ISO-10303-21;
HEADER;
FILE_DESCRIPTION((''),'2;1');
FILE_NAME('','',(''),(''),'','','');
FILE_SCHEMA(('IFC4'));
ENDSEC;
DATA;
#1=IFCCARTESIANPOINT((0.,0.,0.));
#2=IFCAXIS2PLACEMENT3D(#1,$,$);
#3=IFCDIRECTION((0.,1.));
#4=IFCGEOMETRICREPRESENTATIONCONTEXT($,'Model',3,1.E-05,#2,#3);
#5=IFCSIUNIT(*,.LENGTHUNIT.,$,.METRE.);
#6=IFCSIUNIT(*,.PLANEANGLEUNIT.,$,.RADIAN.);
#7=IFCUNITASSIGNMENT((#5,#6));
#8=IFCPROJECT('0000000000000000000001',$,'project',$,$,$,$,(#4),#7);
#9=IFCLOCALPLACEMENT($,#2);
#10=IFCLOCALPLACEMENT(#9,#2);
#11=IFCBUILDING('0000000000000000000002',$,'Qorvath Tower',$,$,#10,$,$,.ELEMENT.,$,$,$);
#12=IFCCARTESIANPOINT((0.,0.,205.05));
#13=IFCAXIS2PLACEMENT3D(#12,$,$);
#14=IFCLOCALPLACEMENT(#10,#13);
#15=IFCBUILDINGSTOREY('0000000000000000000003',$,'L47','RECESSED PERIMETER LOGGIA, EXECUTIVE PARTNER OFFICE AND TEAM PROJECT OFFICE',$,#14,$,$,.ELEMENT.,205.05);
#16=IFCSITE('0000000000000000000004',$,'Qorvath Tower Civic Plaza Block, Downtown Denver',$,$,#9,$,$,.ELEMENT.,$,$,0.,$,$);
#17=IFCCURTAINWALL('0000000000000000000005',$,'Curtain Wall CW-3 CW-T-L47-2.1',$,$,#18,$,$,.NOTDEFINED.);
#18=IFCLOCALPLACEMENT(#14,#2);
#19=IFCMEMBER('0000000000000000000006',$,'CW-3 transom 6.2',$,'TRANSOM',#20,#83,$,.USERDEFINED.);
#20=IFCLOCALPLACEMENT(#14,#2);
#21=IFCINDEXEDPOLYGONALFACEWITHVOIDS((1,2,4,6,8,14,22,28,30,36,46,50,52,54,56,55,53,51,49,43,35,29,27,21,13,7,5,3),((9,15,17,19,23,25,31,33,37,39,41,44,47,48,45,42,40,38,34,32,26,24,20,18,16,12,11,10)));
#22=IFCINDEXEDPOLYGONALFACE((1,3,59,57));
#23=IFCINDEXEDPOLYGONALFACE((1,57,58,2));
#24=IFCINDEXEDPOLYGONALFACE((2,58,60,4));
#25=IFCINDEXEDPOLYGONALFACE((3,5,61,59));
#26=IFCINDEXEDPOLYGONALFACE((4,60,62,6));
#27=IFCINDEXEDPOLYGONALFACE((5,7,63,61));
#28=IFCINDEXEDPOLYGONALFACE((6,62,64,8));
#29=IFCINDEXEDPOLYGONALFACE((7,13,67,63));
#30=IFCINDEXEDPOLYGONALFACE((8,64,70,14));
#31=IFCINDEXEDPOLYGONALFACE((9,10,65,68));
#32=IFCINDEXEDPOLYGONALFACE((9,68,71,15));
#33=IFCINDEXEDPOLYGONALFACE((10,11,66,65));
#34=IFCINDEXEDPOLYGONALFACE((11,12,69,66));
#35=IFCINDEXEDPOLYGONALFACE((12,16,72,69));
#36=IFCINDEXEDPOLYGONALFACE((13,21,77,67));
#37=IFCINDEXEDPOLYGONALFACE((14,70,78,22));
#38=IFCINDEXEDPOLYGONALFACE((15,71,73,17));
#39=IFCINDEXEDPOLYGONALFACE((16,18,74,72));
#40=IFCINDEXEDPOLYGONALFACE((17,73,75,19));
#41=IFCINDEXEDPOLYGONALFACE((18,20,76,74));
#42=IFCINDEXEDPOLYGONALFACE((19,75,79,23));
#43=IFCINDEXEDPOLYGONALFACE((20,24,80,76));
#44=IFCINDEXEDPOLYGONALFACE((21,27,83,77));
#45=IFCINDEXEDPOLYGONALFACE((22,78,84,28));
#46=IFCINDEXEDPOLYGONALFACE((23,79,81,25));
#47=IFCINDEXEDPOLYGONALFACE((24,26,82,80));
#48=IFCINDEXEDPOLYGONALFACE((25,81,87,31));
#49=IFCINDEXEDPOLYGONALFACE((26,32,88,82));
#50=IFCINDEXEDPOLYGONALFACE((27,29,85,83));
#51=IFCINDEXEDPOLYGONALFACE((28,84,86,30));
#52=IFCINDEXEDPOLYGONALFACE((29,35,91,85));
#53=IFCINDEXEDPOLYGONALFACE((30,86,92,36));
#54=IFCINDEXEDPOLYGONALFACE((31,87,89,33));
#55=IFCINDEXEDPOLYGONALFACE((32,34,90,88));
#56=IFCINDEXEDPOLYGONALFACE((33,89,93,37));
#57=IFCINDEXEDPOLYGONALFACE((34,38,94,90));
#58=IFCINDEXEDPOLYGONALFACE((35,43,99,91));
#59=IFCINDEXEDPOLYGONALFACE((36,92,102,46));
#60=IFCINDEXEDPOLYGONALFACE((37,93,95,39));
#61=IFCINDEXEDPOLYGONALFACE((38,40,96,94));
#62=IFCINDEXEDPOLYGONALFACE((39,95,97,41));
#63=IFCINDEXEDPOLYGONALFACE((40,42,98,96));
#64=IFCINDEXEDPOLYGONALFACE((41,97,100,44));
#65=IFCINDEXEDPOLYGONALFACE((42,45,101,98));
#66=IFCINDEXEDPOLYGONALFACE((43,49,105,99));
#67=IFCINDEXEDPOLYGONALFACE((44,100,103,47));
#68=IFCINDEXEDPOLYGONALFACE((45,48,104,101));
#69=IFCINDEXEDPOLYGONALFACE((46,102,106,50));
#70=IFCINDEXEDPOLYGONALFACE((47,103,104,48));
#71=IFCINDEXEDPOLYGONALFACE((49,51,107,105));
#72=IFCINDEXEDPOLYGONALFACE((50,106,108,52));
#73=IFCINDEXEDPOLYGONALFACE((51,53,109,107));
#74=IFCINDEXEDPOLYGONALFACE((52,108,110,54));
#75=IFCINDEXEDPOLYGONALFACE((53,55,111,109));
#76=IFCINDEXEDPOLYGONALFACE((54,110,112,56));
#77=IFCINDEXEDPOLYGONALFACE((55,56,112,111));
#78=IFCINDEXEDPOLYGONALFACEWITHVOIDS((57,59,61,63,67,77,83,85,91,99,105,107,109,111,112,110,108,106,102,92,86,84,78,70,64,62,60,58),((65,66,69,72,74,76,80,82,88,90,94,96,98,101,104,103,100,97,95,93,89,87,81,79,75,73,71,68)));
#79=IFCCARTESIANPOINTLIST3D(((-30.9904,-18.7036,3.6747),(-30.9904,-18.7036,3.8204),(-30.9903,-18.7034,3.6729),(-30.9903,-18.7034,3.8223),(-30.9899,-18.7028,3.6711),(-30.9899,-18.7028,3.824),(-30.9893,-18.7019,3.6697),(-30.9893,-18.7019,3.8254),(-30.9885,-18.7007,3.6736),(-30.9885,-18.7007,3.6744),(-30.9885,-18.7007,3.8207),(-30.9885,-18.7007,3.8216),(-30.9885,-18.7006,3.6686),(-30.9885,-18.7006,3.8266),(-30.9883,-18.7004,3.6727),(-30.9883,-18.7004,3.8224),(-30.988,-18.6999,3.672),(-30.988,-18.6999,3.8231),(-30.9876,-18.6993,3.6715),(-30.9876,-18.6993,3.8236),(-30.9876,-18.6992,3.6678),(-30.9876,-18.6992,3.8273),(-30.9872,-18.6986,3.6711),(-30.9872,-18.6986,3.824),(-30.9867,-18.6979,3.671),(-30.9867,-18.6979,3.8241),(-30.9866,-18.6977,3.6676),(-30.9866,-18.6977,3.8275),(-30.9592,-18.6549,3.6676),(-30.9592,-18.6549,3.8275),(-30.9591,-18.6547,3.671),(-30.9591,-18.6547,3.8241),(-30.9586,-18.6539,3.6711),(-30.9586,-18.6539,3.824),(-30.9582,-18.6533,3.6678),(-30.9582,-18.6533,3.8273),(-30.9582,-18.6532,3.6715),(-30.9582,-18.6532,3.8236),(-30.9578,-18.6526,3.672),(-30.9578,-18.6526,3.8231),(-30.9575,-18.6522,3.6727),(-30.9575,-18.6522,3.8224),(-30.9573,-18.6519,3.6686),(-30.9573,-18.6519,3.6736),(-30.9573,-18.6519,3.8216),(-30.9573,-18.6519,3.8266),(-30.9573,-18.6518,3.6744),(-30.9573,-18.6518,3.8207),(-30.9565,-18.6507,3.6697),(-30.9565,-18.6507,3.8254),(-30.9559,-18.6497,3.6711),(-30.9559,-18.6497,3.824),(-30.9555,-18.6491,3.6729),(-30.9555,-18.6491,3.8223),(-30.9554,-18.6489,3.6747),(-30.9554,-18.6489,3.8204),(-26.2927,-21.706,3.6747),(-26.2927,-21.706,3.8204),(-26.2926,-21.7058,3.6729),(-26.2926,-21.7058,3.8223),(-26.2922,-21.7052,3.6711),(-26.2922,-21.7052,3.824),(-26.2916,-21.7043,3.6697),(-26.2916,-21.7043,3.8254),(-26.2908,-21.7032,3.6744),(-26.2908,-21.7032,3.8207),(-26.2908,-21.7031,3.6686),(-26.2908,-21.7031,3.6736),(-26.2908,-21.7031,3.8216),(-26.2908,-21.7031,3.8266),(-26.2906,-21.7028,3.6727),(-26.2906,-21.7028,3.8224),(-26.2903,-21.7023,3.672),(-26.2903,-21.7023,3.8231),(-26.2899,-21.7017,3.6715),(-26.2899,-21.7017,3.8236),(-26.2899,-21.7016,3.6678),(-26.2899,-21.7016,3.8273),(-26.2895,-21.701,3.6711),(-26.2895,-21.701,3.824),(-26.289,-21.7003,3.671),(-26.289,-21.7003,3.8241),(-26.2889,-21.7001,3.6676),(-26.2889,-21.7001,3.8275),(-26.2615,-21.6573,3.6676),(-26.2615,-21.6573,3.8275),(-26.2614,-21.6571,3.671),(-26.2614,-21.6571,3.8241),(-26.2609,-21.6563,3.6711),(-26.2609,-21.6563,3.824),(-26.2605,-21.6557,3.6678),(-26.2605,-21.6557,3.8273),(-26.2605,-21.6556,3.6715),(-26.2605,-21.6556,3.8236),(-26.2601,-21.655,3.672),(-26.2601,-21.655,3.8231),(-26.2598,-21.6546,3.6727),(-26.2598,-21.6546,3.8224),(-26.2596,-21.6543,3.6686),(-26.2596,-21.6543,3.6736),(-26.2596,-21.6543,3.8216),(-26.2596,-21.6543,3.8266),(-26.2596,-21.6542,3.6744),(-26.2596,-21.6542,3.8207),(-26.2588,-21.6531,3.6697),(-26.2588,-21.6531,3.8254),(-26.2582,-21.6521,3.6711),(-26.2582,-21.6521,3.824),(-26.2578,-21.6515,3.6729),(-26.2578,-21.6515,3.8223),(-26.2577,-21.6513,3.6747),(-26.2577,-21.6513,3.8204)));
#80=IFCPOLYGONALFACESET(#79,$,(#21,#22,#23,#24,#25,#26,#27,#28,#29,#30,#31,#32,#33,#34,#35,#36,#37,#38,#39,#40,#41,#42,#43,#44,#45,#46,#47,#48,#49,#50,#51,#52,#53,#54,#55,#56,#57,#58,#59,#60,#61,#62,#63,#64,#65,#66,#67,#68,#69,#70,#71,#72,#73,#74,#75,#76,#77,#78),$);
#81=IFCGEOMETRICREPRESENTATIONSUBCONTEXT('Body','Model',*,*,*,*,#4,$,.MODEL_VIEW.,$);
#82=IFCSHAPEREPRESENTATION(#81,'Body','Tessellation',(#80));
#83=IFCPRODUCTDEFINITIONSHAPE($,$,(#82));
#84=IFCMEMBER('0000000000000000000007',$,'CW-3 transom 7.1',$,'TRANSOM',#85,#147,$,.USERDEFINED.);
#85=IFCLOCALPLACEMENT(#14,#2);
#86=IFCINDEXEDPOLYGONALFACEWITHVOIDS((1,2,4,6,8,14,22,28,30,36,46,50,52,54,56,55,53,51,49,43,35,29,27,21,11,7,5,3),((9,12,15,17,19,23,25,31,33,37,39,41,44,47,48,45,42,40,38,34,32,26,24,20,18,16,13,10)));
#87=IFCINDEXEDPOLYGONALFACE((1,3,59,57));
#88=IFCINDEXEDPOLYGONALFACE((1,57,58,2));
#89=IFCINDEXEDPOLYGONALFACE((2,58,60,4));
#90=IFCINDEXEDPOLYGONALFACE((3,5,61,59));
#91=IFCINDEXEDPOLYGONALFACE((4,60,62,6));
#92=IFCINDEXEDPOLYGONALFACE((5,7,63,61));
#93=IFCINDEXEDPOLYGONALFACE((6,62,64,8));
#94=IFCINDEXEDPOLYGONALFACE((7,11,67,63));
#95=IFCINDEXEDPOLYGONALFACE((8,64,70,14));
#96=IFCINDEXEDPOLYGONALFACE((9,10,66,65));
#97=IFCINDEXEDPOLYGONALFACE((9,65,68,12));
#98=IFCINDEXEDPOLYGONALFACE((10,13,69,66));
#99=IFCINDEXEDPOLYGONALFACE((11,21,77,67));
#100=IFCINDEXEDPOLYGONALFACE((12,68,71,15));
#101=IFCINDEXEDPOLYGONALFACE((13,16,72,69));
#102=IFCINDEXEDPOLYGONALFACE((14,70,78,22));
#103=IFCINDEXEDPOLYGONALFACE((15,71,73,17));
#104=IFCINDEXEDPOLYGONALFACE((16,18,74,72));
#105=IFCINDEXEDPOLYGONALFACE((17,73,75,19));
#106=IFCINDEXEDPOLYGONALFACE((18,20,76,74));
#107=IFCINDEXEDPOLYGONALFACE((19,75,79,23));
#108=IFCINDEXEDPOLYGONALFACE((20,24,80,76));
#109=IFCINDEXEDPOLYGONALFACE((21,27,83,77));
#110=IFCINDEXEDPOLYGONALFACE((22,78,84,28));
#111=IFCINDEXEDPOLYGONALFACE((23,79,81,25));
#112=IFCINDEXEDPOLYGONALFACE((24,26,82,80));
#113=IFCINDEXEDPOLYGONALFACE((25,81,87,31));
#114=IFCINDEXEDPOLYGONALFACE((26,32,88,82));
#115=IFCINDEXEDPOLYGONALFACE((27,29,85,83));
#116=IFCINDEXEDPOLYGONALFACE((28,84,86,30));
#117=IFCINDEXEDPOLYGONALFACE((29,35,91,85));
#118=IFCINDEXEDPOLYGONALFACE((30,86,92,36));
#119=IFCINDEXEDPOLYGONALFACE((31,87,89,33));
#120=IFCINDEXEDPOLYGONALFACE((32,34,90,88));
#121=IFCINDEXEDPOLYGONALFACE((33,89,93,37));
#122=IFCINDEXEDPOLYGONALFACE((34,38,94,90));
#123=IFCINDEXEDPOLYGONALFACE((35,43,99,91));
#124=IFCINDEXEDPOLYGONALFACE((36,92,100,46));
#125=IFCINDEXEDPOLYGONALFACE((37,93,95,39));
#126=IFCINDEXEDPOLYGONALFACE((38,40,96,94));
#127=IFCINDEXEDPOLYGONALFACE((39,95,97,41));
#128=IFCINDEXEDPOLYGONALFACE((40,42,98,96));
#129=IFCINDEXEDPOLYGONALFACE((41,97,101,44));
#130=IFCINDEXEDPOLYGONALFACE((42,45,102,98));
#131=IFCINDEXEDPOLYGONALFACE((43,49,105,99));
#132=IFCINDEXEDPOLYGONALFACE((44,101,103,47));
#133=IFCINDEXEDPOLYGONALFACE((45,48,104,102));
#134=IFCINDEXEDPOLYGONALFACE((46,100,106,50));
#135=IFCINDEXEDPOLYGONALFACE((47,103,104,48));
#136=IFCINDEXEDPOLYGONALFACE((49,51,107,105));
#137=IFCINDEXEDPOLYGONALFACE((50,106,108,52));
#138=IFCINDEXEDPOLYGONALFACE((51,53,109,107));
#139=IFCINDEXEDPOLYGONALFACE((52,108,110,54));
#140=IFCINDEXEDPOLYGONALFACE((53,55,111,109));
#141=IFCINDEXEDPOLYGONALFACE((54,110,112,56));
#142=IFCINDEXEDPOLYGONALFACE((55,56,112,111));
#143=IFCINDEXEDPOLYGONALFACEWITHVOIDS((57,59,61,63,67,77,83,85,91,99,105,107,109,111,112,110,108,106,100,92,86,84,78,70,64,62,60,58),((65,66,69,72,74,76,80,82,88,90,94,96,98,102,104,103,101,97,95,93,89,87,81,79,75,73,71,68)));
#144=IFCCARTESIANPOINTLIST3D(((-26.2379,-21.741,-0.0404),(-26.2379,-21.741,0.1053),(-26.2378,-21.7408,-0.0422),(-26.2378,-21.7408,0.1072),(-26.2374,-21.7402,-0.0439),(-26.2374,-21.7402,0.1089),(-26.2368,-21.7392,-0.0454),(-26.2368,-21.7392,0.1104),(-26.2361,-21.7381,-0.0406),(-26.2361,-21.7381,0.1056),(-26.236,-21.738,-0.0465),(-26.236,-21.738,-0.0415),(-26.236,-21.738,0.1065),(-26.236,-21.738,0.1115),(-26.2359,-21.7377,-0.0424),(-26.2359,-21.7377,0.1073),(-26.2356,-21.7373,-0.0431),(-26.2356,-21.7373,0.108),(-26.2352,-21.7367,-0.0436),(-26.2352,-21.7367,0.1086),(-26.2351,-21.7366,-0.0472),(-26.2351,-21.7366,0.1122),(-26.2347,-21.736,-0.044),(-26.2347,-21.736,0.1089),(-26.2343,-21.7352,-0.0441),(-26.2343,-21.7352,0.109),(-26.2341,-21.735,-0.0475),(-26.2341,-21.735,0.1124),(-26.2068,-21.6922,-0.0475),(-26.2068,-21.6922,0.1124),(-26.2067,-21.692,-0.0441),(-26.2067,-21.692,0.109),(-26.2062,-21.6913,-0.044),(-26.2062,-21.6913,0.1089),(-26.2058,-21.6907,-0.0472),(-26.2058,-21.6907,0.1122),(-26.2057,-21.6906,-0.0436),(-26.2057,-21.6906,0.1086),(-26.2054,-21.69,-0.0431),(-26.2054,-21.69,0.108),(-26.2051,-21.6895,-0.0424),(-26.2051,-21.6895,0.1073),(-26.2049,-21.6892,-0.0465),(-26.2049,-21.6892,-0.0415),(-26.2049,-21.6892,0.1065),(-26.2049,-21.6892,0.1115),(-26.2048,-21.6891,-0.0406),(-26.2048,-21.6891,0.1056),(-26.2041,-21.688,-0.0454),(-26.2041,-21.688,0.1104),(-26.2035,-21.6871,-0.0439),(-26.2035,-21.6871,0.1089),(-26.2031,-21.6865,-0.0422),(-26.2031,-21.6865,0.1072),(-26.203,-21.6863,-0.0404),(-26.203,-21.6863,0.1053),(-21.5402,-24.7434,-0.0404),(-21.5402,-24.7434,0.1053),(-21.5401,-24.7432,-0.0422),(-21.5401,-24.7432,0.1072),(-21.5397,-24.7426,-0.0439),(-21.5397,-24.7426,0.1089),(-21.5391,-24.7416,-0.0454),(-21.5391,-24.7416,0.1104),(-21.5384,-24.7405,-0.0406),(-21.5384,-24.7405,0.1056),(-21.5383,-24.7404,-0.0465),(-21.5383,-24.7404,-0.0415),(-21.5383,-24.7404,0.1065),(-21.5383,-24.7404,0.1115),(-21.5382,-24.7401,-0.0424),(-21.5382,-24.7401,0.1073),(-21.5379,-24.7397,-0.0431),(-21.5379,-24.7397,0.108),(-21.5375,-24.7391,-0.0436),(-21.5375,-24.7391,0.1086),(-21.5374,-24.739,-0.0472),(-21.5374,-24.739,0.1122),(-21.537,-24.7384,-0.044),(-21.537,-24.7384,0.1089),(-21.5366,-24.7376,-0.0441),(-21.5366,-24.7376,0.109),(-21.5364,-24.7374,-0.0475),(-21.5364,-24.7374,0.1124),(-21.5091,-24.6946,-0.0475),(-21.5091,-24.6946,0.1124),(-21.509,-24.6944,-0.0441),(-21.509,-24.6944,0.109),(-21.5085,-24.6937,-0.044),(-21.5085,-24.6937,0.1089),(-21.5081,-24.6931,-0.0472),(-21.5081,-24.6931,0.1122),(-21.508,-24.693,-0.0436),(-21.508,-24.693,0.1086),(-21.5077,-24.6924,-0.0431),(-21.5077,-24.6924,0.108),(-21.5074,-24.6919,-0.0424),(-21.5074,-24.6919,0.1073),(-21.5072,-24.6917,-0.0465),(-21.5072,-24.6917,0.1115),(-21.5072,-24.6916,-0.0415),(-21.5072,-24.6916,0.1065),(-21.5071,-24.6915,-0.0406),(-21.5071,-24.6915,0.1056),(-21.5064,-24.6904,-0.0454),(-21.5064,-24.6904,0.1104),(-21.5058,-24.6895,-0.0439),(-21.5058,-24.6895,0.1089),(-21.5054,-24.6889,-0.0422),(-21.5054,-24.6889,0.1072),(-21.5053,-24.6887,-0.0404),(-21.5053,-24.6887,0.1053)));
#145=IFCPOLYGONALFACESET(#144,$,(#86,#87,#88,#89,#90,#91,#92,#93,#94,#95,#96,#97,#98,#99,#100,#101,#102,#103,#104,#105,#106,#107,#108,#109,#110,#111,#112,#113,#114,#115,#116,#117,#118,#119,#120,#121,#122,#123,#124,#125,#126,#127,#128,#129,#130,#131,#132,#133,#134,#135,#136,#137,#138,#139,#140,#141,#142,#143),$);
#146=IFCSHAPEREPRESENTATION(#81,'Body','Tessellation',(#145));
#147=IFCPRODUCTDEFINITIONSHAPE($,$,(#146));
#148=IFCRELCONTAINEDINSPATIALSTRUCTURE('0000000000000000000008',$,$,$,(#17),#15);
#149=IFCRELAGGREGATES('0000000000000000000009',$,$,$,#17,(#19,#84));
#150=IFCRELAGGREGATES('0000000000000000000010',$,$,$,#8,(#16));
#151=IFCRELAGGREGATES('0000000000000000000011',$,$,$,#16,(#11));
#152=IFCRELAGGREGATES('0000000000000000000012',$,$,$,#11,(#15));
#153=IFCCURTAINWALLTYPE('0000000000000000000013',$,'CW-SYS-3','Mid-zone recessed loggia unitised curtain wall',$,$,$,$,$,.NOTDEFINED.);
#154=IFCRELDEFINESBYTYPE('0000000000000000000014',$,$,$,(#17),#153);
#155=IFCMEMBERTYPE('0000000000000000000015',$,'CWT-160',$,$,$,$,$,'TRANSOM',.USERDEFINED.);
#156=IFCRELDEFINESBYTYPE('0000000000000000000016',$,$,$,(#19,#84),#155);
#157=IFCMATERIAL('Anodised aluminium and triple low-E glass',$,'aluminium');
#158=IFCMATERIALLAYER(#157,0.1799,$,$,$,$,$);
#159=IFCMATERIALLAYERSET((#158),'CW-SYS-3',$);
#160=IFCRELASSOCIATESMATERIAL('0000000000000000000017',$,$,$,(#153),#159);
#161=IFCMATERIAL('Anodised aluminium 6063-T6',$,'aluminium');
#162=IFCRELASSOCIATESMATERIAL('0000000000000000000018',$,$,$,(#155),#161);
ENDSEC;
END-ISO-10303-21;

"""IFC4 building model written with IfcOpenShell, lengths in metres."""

from ifc_helpers import new_model, si_unit, direction, frame, origin, origin_2d, place, context, subcontext, project, spatial, hollow_rectangle, extrude, material, layer, layer_set, material_profile, profile_set, type_object, element, aggregate, save


model = new_model("IFC4")

# Units and contexts
model_context = context("Model", 3, precision=1e-05, world=origin(), true_north=direction((0.0, 1.0)))
body_context = subcontext(model_context, "Body", "Model", "MODEL_VIEW")
ifc_project = project(units=[si_unit("LENGTHUNIT", "METRE"), si_unit("PLANEANGLEUNIT", "RADIAN")], contexts=[model_context])

# Site, building, storey
site_placement = place(None, origin())
site = spatial("IfcSite", under=ifc_project, at=site_placement, Name="Qorvath Tower Civic Plaza Block, Downtown Denver", CompositionType="ELEMENT", RefElevation=0.0)
building_placement = place(site_placement, origin())
building = spatial("IfcBuilding", under=site, at=building_placement, Name="Qorvath Tower", CompositionType="ELEMENT")
storey_placement = place(building_placement, frame((0.0, 0.0, 205.05)))
storey = spatial("IfcBuildingStorey", under=building, at=storey_placement, Name="L47", Description="RECESSED PERIMETER LOGGIA, EXECUTIVE PARTNER OFFICE AND TEAM PROJECT OFFICE", CompositionType="ELEMENT", Elevation=205.05)

# Curtain wall, members
ifc_material_1 = material(Name="Anodised aluminium and triple low-E glass", Category="aluminium")
ifc_layer_1 = layer(ifc_material_1, 0.1799)
ifc_layer_set_1 = layer_set([ifc_layer_1], Name="CW-SYS-3")
curtain_wall_type = type_object("IfcCurtainWallType", Name="CW-SYS-3", Description="Mid-zone recessed loggia unitised curtain wall", PredefinedType="NOTDEFINED", material=ifc_layer_set_1)
curtain_wall_placement = place(storey_placement, origin())
curtain_wall = element("IfcCurtainWall", 1, at=curtain_wall_placement, inside=storey, type_object=curtain_wall_type, Name="Curtain Wall CW-3 CW-T-L47-2.1", PredefinedType="NOTDEFINED")
ifc_material_2 = material(Name="Anodised aluminium 6063-T6", Category="aluminium")
ifc_material_profile_1 = material_profile(ifc_material_2, hollow_rectangle(XDim=0.0649, YDim=0.1599, WallThickness=0.0034, InnerFilletRadius=0.0034, OuterFilletRadius=0.0071, at=origin_2d()), Name="CWT 160x65")
ifc_profile_set_1 = profile_set([ifc_material_profile_1], Name="Anodised aluminium 6063-T6")
member_type_1 = type_object("IfcMemberType", Name="CWT-160", ElementType="TRANSOM", PredefinedType="USERDEFINED", material=ifc_profile_set_1)
member_1_placement = place(storey_placement, frame((-30.9729, -18.6763, 3.7476), z_axis=(0.842607, -0.538529, 0.0), x_axis=(0.538529, 0.842607, 0.0)))
member_1 = element("IfcMember", 2, at=member_1_placement, type_object=member_type_1, Name="CW-3 transom 6.2", ObjectType="TRANSOM", PredefinedType="USERDEFINED", context=body_context, shape_type="SweptSolid", body=[
    extrude(hollow_rectangle(XDim=0.0649, YDim=0.1599, WallThickness=0.0034, InnerFilletRadius=0.0034, OuterFilletRadius=0.0071, at=origin_2d()), origin(), (0.0, 0.0, 1.0), 5.5752),
])
member_2_placement = place(storey_placement, frame((-26.2205, -21.7136, 0.0325), z_axis=(0.842607, -0.538529, 0.0), x_axis=(0.538529, 0.842607, 0.0)))
member_2 = element("IfcMember", 3, at=member_2_placement, type_object=member_type_1, Name="CW-3 transom 7.1", ObjectType="TRANSOM", PredefinedType="USERDEFINED", context=body_context, shape_type="SweptSolid", body=[
    extrude(hollow_rectangle(XDim=0.0649, YDim=0.1599, WallThickness=0.0034, InnerFilletRadius=0.0034, OuterFilletRadius=0.0071, at=origin_2d()), origin(), (0.0, 0.0, 1.0), 5.5752),
])
aggregate(curtain_wall, [member_1, member_2])

save(model, "model.ifc")
